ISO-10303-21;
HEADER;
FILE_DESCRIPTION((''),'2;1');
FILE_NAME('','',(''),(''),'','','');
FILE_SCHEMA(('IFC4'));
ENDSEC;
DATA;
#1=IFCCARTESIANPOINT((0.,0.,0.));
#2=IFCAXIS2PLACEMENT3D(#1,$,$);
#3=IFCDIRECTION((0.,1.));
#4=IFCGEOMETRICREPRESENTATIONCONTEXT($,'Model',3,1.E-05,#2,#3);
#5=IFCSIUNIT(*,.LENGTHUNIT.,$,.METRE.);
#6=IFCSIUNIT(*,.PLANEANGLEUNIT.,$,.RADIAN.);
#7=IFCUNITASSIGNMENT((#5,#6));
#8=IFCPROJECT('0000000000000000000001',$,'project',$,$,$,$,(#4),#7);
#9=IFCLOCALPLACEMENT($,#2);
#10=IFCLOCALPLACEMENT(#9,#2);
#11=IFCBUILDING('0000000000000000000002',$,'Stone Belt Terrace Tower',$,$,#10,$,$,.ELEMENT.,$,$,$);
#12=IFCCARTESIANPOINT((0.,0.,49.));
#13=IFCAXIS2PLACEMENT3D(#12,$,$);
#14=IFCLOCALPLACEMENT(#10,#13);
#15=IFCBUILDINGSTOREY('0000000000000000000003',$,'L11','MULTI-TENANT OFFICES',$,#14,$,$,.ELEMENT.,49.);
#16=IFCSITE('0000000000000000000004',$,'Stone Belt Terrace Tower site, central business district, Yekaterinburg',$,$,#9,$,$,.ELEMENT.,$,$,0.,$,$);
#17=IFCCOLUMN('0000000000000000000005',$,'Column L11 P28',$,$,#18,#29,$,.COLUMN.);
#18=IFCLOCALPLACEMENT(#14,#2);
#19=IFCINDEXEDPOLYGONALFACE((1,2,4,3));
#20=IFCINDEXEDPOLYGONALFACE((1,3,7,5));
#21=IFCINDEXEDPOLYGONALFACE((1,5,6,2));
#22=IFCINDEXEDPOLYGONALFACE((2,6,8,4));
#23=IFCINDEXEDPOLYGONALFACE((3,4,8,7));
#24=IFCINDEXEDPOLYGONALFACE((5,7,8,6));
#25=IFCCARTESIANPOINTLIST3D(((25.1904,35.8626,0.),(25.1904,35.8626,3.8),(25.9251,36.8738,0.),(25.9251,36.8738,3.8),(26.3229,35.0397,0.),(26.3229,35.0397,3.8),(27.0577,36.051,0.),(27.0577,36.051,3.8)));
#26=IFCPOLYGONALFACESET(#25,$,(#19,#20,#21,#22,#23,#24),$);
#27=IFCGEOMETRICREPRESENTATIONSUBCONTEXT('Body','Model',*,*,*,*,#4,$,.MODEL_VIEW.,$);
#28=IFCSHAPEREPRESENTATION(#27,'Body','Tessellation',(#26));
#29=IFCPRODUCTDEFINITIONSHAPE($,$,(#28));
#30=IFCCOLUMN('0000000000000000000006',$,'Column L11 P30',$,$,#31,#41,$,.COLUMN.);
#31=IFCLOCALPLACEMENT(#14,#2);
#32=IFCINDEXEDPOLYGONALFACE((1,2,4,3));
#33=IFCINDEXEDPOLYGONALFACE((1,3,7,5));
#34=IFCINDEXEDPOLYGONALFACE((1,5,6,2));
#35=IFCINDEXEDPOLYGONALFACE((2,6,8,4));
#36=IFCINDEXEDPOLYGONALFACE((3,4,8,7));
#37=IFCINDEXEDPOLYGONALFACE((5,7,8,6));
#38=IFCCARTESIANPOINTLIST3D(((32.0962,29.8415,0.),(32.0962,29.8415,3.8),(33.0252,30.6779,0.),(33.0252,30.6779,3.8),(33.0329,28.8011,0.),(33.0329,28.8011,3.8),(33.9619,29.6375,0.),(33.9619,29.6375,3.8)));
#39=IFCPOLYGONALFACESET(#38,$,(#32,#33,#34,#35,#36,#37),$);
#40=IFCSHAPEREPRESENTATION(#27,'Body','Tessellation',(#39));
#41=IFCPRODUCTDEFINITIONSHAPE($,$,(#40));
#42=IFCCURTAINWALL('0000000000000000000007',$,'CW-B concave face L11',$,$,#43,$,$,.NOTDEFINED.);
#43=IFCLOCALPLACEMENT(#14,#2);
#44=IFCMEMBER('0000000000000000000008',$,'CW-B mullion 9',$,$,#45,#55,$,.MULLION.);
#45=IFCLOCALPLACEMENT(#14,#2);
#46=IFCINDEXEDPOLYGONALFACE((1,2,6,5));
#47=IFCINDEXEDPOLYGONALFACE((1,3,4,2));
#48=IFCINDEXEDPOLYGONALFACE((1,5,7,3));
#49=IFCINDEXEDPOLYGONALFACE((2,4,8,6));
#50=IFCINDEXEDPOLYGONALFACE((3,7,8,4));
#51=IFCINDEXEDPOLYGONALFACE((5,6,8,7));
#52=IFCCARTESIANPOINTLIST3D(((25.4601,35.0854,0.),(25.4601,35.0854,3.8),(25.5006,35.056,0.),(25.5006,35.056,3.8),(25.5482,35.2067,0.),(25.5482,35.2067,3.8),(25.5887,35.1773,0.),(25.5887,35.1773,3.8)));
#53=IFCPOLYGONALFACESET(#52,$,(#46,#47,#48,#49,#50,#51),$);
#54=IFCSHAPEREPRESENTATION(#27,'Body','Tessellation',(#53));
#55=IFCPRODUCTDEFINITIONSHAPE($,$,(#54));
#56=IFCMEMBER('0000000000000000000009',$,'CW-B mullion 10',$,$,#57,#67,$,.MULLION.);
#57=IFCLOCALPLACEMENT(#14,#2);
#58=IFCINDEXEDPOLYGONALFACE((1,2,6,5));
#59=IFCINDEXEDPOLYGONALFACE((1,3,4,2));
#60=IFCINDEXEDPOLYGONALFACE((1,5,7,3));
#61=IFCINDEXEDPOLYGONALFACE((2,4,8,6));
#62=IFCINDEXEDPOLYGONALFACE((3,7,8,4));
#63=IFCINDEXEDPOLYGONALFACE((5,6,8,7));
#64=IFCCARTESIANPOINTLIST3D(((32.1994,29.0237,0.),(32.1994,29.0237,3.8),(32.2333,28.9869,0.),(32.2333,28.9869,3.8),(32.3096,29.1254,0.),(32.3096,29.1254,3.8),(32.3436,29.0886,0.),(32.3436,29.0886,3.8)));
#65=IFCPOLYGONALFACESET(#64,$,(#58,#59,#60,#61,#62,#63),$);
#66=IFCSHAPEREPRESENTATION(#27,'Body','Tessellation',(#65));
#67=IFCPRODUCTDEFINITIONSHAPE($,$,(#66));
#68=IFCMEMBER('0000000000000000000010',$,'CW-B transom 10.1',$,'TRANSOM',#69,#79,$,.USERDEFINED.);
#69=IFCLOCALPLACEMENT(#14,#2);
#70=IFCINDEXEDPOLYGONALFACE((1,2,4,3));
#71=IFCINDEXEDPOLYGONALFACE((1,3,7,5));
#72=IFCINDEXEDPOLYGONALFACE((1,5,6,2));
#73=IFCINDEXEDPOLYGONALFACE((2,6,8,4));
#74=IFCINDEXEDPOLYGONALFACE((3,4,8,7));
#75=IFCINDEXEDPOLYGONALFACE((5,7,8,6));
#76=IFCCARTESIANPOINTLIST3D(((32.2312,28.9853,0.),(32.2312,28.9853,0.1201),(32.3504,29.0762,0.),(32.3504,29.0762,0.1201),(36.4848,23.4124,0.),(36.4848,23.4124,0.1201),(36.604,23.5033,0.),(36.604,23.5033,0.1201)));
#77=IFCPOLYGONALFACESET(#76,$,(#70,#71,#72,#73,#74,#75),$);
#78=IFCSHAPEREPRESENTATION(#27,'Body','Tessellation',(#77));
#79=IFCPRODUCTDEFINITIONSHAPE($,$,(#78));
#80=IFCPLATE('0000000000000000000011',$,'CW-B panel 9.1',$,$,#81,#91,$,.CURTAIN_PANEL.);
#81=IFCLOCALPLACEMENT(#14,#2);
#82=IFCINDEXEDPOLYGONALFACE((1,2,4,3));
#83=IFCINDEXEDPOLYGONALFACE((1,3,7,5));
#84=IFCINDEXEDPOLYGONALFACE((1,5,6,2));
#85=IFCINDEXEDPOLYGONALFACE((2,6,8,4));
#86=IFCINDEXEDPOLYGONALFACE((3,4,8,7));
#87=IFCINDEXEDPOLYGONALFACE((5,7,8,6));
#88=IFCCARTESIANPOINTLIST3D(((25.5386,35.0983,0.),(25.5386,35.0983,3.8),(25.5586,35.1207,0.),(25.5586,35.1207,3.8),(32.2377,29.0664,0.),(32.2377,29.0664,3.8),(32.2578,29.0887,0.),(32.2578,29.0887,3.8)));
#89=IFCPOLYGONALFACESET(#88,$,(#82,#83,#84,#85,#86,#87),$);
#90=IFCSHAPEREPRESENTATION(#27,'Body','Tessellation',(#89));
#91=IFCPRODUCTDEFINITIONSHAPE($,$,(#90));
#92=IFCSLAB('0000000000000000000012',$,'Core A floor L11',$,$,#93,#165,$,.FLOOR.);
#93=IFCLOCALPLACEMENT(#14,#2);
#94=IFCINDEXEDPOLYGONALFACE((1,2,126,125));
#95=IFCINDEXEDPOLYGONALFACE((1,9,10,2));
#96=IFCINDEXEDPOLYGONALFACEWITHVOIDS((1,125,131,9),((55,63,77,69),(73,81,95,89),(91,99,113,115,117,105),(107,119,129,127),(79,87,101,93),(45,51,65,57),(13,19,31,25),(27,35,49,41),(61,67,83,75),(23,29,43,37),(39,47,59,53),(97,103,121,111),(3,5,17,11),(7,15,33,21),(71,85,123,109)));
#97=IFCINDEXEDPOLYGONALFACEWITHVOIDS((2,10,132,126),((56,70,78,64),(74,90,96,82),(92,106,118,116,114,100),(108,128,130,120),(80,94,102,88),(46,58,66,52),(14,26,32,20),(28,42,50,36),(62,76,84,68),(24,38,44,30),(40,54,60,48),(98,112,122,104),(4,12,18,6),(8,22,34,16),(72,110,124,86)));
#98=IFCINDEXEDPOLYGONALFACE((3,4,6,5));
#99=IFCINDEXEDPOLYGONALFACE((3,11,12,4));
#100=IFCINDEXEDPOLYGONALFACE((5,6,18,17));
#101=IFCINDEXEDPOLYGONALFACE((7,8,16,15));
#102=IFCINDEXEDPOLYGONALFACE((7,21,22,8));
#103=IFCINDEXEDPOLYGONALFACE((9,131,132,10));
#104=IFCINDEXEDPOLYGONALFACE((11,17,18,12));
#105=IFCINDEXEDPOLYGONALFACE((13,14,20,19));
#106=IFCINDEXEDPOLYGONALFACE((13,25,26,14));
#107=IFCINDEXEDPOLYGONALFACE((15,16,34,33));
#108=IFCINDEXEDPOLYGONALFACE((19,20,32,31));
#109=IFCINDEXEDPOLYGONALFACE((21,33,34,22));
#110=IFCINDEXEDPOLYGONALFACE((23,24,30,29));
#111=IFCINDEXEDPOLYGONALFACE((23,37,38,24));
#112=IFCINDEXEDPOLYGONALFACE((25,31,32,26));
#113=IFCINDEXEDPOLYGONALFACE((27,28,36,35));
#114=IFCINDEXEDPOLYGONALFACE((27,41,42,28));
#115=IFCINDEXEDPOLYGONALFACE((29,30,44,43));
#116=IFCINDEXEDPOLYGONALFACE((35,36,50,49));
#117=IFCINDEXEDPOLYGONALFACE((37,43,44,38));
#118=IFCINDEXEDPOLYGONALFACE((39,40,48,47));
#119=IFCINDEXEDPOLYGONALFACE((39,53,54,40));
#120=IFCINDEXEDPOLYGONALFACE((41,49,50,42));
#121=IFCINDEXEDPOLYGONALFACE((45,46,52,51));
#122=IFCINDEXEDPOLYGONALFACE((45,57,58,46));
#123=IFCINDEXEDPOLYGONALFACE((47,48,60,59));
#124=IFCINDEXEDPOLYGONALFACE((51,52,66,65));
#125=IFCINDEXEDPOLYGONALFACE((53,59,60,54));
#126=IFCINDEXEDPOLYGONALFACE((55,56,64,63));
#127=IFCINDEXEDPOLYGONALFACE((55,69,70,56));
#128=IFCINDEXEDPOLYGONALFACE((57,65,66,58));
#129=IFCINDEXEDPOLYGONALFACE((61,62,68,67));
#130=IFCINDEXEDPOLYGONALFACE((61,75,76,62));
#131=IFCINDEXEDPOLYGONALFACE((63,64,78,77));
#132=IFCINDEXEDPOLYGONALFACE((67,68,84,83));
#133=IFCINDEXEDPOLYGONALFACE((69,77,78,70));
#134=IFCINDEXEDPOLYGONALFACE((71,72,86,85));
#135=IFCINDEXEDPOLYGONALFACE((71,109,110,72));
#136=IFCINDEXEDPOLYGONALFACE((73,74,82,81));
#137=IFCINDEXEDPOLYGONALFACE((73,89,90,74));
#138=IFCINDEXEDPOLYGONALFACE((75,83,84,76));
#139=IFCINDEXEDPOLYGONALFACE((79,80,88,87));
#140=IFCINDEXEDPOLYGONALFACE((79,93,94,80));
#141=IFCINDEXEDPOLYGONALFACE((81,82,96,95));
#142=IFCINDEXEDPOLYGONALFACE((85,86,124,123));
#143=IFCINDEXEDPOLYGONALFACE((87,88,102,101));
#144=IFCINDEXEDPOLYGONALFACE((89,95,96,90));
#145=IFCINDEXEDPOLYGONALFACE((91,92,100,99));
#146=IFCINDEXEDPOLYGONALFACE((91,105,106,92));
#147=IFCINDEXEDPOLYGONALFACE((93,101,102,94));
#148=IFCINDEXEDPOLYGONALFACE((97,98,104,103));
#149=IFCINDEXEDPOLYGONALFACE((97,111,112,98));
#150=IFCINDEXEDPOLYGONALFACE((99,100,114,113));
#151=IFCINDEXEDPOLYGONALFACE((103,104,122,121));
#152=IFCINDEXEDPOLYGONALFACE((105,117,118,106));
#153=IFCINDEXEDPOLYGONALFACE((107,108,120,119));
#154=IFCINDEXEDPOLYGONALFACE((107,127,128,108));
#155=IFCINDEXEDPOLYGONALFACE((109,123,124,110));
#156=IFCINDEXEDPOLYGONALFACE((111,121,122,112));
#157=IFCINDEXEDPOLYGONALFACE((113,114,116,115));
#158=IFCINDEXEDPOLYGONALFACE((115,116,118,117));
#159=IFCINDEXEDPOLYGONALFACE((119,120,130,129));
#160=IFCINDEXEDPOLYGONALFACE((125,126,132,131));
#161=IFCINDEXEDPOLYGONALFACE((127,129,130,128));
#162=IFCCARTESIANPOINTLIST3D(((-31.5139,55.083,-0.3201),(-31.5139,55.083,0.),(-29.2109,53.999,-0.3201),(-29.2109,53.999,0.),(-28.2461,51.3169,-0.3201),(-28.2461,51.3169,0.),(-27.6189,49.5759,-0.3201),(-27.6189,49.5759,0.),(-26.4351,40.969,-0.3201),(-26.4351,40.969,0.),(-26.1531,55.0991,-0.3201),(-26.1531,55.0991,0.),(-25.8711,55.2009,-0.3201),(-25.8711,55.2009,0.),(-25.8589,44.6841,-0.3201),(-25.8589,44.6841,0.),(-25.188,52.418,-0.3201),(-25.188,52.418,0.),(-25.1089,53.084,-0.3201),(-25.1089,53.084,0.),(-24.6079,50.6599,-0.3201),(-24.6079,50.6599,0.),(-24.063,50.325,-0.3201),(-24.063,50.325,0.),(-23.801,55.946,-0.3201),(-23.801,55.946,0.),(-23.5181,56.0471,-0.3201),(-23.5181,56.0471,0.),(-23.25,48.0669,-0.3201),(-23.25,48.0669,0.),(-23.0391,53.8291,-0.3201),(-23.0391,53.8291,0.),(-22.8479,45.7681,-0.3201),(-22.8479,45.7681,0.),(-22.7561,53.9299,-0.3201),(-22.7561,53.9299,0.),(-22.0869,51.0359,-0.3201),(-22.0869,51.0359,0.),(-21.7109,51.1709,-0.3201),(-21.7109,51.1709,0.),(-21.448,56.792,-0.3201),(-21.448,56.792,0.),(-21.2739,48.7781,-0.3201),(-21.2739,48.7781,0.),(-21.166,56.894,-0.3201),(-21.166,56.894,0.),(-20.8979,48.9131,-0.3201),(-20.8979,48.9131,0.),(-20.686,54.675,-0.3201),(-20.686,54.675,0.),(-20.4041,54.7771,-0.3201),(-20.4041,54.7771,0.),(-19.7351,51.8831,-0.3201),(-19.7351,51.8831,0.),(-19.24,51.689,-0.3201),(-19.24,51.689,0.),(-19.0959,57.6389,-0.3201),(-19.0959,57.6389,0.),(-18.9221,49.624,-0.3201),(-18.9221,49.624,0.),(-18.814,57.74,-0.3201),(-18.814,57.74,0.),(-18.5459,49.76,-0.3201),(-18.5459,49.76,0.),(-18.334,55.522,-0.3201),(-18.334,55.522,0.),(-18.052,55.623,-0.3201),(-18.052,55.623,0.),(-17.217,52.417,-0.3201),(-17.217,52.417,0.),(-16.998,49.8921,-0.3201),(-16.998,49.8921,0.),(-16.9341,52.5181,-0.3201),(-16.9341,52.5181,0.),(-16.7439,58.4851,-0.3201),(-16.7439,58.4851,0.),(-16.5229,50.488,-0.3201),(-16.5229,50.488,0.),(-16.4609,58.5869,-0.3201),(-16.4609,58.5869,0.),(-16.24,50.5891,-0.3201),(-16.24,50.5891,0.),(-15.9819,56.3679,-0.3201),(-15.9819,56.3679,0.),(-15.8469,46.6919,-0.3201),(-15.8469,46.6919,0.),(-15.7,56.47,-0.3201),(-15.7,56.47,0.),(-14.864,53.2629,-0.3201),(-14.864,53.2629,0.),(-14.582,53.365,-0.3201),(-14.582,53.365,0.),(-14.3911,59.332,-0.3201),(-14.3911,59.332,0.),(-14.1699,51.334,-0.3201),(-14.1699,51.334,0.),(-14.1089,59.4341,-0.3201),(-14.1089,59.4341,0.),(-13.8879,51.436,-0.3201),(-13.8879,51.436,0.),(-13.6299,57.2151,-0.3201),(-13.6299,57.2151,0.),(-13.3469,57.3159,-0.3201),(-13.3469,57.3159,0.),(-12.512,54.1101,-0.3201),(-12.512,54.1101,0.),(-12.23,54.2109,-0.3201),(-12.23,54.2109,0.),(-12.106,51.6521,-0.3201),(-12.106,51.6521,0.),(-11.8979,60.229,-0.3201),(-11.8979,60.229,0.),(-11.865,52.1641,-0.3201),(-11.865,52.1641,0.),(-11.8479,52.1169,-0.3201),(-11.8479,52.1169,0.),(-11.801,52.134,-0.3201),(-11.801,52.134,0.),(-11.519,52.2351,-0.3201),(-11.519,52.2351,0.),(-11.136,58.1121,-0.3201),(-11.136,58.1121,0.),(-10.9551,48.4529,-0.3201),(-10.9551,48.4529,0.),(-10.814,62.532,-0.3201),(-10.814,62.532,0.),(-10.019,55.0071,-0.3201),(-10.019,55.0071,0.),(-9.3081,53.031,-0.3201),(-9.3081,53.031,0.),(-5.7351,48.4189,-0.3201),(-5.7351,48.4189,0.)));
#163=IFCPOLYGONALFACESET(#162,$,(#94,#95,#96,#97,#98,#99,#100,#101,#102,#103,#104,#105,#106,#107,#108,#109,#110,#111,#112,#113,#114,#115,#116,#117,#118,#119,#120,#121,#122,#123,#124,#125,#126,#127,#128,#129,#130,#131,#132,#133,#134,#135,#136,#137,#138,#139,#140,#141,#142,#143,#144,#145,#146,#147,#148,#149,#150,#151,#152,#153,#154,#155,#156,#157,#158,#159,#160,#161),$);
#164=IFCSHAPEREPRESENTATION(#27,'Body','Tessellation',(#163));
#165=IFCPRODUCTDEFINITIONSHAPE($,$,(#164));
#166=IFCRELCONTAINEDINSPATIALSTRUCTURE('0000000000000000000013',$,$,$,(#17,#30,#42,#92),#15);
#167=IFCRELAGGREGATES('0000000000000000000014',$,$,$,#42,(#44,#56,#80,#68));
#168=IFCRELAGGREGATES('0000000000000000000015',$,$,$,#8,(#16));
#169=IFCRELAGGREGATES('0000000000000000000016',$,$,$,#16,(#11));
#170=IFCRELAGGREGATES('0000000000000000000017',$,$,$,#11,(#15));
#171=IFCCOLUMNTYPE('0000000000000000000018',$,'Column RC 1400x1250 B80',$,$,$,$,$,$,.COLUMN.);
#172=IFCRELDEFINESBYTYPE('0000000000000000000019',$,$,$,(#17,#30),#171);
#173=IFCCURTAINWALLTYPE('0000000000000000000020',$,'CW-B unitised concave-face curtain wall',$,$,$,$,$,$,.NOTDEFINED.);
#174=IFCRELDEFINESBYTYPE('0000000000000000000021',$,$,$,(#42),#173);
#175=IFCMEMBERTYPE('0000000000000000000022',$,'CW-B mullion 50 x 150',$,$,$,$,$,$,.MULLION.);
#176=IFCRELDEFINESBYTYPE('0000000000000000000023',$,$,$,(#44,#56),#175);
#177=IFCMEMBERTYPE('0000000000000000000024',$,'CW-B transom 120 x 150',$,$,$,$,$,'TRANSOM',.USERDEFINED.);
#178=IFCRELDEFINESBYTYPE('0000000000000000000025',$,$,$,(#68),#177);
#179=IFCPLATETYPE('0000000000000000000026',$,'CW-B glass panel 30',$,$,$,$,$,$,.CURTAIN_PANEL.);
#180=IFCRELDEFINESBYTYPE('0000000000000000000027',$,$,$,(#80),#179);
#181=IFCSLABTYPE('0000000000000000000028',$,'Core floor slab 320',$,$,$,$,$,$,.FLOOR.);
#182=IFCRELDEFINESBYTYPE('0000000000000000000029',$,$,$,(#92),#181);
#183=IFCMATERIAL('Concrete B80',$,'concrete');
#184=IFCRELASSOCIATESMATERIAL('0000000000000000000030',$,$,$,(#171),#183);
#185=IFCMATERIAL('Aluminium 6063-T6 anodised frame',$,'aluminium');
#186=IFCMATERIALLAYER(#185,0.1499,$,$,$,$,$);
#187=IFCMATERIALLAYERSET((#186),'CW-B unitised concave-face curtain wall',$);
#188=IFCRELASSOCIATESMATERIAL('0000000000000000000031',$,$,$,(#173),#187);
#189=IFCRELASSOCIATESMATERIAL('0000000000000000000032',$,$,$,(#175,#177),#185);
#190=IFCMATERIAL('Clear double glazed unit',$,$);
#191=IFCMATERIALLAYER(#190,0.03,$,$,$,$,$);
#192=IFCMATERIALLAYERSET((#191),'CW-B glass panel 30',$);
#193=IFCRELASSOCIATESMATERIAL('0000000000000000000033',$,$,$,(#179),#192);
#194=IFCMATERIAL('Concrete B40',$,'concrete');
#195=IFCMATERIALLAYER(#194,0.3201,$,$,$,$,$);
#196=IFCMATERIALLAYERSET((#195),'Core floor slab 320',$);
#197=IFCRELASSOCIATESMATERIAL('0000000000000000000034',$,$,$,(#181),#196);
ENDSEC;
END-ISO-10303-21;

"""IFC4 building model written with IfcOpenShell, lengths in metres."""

from ifc_helpers import new_model, si_unit, direction, frame, origin, origin_2d, place, context, subcontext, project, spatial, polyline, rectangle, outline, extrude, material, layer, layer_set, material_profile, profile_set, type_object, element, aggregate, save


model = new_model("IFC4")

# Units and contexts
model_context = context("Model", 3, precision=1e-05, world=origin(), true_north=direction((0.0, 1.0)))
body_context = subcontext(model_context, "Body", "Model", "MODEL_VIEW")
ifc_project = project(units=[si_unit("LENGTHUNIT", "METRE"), si_unit("PLANEANGLEUNIT", "RADIAN")], contexts=[model_context])

# Site, building, storey
site_placement = place(None, origin())
site = spatial("IfcSite", under=ifc_project, at=site_placement, Name="Stone Belt Terrace Tower site, central business district, Yekaterinburg", CompositionType="ELEMENT", RefElevation=0.0)
building_placement = place(site_placement, origin())
building = spatial("IfcBuilding", under=site, at=building_placement, Name="Stone Belt Terrace Tower", CompositionType="ELEMENT")
storey_placement = place(building_placement, frame((0.0, 0.0, 49.0)))
storey = spatial("IfcBuildingStorey", under=building, at=storey_placement, Name="L11", Description="MULTI-TENANT OFFICES", CompositionType="ELEMENT", Elevation=49.0)

# Columns
ifc_material_1 = material(Name="Concrete B80", Category="concrete")
ifc_material_profile_1 = material_profile(ifc_material_1, rectangle(XDim=1.3999, YDim=1.25, at=origin_2d()), Name="RC 1400x1250")
ifc_profile_set_1 = profile_set([ifc_material_profile_1], Name="Concrete B80")
column_type = type_object("IfcColumnType", Name="Column RC 1400x1250 B80", PredefinedType="COLUMN", material=ifc_profile_set_1)
for number, where, z_axis, x_axis, name in (
    (1, (26.124, 35.9568, 0.0), (0.0, 0.0, 1.0), (0.809017, -0.587785, 0.0), "Column L11 P28"),
    (2, (33.0291, 29.7395, 0.0), (0.0, 0.0, 1.0), (0.669131, -0.743145, 0.0), "Column L11 P30"),
):
    element("IfcColumn", number, at=place(storey_placement, frame(where, z_axis=z_axis, x_axis=x_axis)), inside=storey, type_object=column_type, Name=name, PredefinedType="COLUMN", context=body_context, shape_type="SweptSolid", body=[
        extrude(rectangle(XDim=1.3999, YDim=1.25, at=origin_2d()), origin(), (0.0, 0.0, 1.0), 3.8),
    ])

# Curtain wall, members, plate
ifc_material_2 = material(Name="Aluminium 6063-T6 anodised frame", Category="aluminium")
ifc_layer_1 = layer(ifc_material_2, 0.1499)
ifc_layer_set_1 = layer_set([ifc_layer_1], Name="CW-B unitised concave-face curtain wall")
curtain_wall_type = type_object("IfcCurtainWallType", Name="CW-B unitised concave-face curtain wall", PredefinedType="NOTDEFINED", material=ifc_layer_set_1)
curtain_wall_placement = place(storey_placement, origin())
curtain_wall = element("IfcCurtainWall", 3, at=curtain_wall_placement, inside=storey, type_object=curtain_wall_type, Name="CW-B concave face L11", PredefinedType="NOTDEFINED")
ifc_material_profile_2 = material_profile(ifc_material_2, rectangle(XDim=0.1499, YDim=0.05, at=origin_2d()), Name="Aluminium 6063-T6 50x150")
ifc_profile_set_2 = profile_set([ifc_material_profile_2], Name="Aluminium 6063-T6 anodised frame")
member_type_1 = type_object("IfcMemberType", Name="CW-B mullion 50 x 150", PredefinedType="MULLION", material=ifc_profile_set_2)
member_1_placement = place(storey_placement, frame((25.5244, 35.1313, 0.0), z_axis=(0.0, 0.0, 1.0), x_axis=(0.587785, 0.809017, 0.0)))
member_1 = element("IfcMember", 4, at=member_1_placement, type_object=member_type_1, Name="CW-B mullion 9", PredefinedType="MULLION", context=body_context, shape_type="SweptSolid", body=[
    extrude(rectangle(XDim=0.1499, YDim=0.05, at=origin_2d()), origin(), (0.0, 0.0, 1.0), 3.8),
])
member_2_placement = place(storey_placement, frame((32.2715, 29.0562, 0.0), z_axis=(0.0, 0.0, 1.0), x_axis=(0.735198, 0.677852, 0.0)))
member_2 = element("IfcMember", 5, at=member_2_placement, type_object=member_type_1, Name="CW-B mullion 10", PredefinedType="MULLION", context=body_context, shape_type="SweptSolid", body=[
    extrude(rectangle(XDim=0.1499, YDim=0.05, at=origin_2d()), origin(), (0.0, 0.0, 1.0), 3.8),
])
ifc_material_profile_3 = material_profile(ifc_material_2, rectangle(XDim=0.1499, YDim=0.1201, at=origin_2d()), Name="Aluminium 6063-T6 150x120")
ifc_profile_set_3 = profile_set([ifc_material_profile_3], Name="Aluminium 6063-T6 anodised frame")
member_type_2 = type_object("IfcMemberType", Name="CW-B transom 120 x 150", ElementType="TRANSOM", PredefinedType="USERDEFINED", material=ifc_profile_set_3)
member_3_placement = place(storey_placement, frame((32.2908, 29.0308, 0.0601), z_axis=(0.606726, -0.794911, 0.0), x_axis=(0.794911, 0.606726, 0.0)))
member_3 = element("IfcMember", 6, at=member_3_placement, type_object=member_type_2, Name="CW-B transom 10.1", ObjectType="TRANSOM", PredefinedType="USERDEFINED", context=body_context, shape_type="SweptSolid", body=[
    extrude(rectangle(XDim=0.1499, YDim=0.1201, at=origin_2d()), origin(), (0.0, 0.0, 1.0), 7.0107),
])
ifc_material_3 = material(Name="Clear double glazed unit")
ifc_layer_2 = layer(ifc_material_3, 0.03)
ifc_layer_set_2 = layer_set([ifc_layer_2], Name="CW-B glass panel 30")
plate_type = type_object("IfcPlateType", Name="CW-B glass panel 30", PredefinedType="CURTAIN_PANEL", material=ifc_layer_set_2)
plate_placement = place(storey_placement, frame((28.8982, 32.0935, 0.0), z_axis=(0.0, 0.0, 1.0), x_axis=(0.743145, -0.669131, 0.0)))
plate = element("IfcPlate", 7, at=plate_placement, type_object=plate_type, Name="CW-B panel 9.1", PredefinedType="CURTAIN_PANEL", context=body_context, shape_type="SweptSolid", body=[
    extrude(rectangle(XDim=9.0146, YDim=0.03, at=origin_2d()), origin(), (0.0, 0.0, 1.0), 3.8),
])
aggregate(curtain_wall, [member_1, member_2, plate, member_3])

# Slab
ifc_material_4 = material(Name="Concrete B40", Category="concrete")
ifc_layer_3 = layer(ifc_material_4, 0.3201)
ifc_layer_set_3 = layer_set([ifc_layer_3], Name="Core floor slab 320")
slab_type_1 = type_object("IfcSlabType", Name="Core floor slab 320", PredefinedType="FLOOR", material=ifc_layer_set_3)
slab_1_placement = place(storey_placement, frame((0.0, 0.0, -0.3201)))
element("IfcSlab", 8, at=slab_1_placement, inside=storey, type_object=slab_type_1, Name="Core A floor L11", PredefinedType="FLOOR", context=body_context, shape_type="SweptSolid", body=[
    extrude(outline(polyline([(-26.4351, 40.969), (-5.7351, 48.4189), (-10.814, 62.532), (-31.5139, 55.083), (-26.4351, 40.969)]), holes=[polyline([(-24.6079, 50.6599), (-22.8479, 45.7681), (-25.8589, 44.6841), (-27.6189, 49.5759), (-24.6079, 50.6599)]), polyline([(-21.2739, 48.7781), (-23.25, 48.0669), (-24.063, 50.325), (-22.0869, 51.0359), (-21.2739, 48.7781)]), polyline([(-18.9221, 49.624), (-20.8979, 48.9131), (-21.7109, 51.1709), (-19.7351, 51.8831), (-18.9221, 49.624)]), polyline([(-19.24, 51.689), (-17.217, 52.417), (-16.5229, 50.488), (-18.5459, 49.76), (-19.24, 51.689)]), polyline([(-29.2109, 53.999), (-26.1531, 55.0991), (-25.188, 52.418), (-28.2461, 51.3169), (-29.2109, 53.999)]), polyline([(-23.801, 55.946), (-23.0391, 53.8291), (-25.1089, 53.084), (-25.8711, 55.2009), (-23.801, 55.946)]), polyline([(-21.448, 56.792), (-20.686, 54.675), (-22.7561, 53.9299), (-23.5181, 56.0471), (-21.448, 56.792)]), polyline([(-19.0959, 57.6389), (-18.334, 55.522), (-20.4041, 54.7771), (-21.166, 56.894), (-19.0959, 57.6389)]), polyline([(-15.8469, 46.6919), (-16.998, 49.8921), (-12.106, 51.6521), (-10.9551, 48.4529), (-15.8469, 46.6919)]), polyline([(-16.24, 50.5891), (-16.9341, 52.5181), (-14.864, 53.2629), (-14.1699, 51.334), (-16.24, 50.5891)]), polyline([(-11.801, 52.134), (-11.8479, 52.1169), (-11.865, 52.1641), (-13.8879, 51.436), (-14.582, 53.365), (-12.512, 54.1101), (-11.801, 52.134)]), polyline([(-9.3081, 53.031), (-11.519, 52.2351), (-12.23, 54.2109), (-10.019, 55.0071), (-9.3081, 53.031)]), polyline([(-16.7439, 58.4851), (-15.9819, 56.3679), (-18.052, 55.623), (-18.814, 57.74), (-16.7439, 58.4851)]), polyline([(-14.3911, 59.332), (-13.6299, 57.2151), (-15.7, 56.47), (-16.4609, 58.5869), (-14.3911, 59.332)]), polyline([(-11.8979, 60.229), (-11.136, 58.1121), (-13.3469, 57.3159), (-14.1089, 59.4341), (-11.8979, 60.229)])]), origin(), (0.0, 0.0, 1.0), 0.3201),
])

save(model, "model.ifc")
